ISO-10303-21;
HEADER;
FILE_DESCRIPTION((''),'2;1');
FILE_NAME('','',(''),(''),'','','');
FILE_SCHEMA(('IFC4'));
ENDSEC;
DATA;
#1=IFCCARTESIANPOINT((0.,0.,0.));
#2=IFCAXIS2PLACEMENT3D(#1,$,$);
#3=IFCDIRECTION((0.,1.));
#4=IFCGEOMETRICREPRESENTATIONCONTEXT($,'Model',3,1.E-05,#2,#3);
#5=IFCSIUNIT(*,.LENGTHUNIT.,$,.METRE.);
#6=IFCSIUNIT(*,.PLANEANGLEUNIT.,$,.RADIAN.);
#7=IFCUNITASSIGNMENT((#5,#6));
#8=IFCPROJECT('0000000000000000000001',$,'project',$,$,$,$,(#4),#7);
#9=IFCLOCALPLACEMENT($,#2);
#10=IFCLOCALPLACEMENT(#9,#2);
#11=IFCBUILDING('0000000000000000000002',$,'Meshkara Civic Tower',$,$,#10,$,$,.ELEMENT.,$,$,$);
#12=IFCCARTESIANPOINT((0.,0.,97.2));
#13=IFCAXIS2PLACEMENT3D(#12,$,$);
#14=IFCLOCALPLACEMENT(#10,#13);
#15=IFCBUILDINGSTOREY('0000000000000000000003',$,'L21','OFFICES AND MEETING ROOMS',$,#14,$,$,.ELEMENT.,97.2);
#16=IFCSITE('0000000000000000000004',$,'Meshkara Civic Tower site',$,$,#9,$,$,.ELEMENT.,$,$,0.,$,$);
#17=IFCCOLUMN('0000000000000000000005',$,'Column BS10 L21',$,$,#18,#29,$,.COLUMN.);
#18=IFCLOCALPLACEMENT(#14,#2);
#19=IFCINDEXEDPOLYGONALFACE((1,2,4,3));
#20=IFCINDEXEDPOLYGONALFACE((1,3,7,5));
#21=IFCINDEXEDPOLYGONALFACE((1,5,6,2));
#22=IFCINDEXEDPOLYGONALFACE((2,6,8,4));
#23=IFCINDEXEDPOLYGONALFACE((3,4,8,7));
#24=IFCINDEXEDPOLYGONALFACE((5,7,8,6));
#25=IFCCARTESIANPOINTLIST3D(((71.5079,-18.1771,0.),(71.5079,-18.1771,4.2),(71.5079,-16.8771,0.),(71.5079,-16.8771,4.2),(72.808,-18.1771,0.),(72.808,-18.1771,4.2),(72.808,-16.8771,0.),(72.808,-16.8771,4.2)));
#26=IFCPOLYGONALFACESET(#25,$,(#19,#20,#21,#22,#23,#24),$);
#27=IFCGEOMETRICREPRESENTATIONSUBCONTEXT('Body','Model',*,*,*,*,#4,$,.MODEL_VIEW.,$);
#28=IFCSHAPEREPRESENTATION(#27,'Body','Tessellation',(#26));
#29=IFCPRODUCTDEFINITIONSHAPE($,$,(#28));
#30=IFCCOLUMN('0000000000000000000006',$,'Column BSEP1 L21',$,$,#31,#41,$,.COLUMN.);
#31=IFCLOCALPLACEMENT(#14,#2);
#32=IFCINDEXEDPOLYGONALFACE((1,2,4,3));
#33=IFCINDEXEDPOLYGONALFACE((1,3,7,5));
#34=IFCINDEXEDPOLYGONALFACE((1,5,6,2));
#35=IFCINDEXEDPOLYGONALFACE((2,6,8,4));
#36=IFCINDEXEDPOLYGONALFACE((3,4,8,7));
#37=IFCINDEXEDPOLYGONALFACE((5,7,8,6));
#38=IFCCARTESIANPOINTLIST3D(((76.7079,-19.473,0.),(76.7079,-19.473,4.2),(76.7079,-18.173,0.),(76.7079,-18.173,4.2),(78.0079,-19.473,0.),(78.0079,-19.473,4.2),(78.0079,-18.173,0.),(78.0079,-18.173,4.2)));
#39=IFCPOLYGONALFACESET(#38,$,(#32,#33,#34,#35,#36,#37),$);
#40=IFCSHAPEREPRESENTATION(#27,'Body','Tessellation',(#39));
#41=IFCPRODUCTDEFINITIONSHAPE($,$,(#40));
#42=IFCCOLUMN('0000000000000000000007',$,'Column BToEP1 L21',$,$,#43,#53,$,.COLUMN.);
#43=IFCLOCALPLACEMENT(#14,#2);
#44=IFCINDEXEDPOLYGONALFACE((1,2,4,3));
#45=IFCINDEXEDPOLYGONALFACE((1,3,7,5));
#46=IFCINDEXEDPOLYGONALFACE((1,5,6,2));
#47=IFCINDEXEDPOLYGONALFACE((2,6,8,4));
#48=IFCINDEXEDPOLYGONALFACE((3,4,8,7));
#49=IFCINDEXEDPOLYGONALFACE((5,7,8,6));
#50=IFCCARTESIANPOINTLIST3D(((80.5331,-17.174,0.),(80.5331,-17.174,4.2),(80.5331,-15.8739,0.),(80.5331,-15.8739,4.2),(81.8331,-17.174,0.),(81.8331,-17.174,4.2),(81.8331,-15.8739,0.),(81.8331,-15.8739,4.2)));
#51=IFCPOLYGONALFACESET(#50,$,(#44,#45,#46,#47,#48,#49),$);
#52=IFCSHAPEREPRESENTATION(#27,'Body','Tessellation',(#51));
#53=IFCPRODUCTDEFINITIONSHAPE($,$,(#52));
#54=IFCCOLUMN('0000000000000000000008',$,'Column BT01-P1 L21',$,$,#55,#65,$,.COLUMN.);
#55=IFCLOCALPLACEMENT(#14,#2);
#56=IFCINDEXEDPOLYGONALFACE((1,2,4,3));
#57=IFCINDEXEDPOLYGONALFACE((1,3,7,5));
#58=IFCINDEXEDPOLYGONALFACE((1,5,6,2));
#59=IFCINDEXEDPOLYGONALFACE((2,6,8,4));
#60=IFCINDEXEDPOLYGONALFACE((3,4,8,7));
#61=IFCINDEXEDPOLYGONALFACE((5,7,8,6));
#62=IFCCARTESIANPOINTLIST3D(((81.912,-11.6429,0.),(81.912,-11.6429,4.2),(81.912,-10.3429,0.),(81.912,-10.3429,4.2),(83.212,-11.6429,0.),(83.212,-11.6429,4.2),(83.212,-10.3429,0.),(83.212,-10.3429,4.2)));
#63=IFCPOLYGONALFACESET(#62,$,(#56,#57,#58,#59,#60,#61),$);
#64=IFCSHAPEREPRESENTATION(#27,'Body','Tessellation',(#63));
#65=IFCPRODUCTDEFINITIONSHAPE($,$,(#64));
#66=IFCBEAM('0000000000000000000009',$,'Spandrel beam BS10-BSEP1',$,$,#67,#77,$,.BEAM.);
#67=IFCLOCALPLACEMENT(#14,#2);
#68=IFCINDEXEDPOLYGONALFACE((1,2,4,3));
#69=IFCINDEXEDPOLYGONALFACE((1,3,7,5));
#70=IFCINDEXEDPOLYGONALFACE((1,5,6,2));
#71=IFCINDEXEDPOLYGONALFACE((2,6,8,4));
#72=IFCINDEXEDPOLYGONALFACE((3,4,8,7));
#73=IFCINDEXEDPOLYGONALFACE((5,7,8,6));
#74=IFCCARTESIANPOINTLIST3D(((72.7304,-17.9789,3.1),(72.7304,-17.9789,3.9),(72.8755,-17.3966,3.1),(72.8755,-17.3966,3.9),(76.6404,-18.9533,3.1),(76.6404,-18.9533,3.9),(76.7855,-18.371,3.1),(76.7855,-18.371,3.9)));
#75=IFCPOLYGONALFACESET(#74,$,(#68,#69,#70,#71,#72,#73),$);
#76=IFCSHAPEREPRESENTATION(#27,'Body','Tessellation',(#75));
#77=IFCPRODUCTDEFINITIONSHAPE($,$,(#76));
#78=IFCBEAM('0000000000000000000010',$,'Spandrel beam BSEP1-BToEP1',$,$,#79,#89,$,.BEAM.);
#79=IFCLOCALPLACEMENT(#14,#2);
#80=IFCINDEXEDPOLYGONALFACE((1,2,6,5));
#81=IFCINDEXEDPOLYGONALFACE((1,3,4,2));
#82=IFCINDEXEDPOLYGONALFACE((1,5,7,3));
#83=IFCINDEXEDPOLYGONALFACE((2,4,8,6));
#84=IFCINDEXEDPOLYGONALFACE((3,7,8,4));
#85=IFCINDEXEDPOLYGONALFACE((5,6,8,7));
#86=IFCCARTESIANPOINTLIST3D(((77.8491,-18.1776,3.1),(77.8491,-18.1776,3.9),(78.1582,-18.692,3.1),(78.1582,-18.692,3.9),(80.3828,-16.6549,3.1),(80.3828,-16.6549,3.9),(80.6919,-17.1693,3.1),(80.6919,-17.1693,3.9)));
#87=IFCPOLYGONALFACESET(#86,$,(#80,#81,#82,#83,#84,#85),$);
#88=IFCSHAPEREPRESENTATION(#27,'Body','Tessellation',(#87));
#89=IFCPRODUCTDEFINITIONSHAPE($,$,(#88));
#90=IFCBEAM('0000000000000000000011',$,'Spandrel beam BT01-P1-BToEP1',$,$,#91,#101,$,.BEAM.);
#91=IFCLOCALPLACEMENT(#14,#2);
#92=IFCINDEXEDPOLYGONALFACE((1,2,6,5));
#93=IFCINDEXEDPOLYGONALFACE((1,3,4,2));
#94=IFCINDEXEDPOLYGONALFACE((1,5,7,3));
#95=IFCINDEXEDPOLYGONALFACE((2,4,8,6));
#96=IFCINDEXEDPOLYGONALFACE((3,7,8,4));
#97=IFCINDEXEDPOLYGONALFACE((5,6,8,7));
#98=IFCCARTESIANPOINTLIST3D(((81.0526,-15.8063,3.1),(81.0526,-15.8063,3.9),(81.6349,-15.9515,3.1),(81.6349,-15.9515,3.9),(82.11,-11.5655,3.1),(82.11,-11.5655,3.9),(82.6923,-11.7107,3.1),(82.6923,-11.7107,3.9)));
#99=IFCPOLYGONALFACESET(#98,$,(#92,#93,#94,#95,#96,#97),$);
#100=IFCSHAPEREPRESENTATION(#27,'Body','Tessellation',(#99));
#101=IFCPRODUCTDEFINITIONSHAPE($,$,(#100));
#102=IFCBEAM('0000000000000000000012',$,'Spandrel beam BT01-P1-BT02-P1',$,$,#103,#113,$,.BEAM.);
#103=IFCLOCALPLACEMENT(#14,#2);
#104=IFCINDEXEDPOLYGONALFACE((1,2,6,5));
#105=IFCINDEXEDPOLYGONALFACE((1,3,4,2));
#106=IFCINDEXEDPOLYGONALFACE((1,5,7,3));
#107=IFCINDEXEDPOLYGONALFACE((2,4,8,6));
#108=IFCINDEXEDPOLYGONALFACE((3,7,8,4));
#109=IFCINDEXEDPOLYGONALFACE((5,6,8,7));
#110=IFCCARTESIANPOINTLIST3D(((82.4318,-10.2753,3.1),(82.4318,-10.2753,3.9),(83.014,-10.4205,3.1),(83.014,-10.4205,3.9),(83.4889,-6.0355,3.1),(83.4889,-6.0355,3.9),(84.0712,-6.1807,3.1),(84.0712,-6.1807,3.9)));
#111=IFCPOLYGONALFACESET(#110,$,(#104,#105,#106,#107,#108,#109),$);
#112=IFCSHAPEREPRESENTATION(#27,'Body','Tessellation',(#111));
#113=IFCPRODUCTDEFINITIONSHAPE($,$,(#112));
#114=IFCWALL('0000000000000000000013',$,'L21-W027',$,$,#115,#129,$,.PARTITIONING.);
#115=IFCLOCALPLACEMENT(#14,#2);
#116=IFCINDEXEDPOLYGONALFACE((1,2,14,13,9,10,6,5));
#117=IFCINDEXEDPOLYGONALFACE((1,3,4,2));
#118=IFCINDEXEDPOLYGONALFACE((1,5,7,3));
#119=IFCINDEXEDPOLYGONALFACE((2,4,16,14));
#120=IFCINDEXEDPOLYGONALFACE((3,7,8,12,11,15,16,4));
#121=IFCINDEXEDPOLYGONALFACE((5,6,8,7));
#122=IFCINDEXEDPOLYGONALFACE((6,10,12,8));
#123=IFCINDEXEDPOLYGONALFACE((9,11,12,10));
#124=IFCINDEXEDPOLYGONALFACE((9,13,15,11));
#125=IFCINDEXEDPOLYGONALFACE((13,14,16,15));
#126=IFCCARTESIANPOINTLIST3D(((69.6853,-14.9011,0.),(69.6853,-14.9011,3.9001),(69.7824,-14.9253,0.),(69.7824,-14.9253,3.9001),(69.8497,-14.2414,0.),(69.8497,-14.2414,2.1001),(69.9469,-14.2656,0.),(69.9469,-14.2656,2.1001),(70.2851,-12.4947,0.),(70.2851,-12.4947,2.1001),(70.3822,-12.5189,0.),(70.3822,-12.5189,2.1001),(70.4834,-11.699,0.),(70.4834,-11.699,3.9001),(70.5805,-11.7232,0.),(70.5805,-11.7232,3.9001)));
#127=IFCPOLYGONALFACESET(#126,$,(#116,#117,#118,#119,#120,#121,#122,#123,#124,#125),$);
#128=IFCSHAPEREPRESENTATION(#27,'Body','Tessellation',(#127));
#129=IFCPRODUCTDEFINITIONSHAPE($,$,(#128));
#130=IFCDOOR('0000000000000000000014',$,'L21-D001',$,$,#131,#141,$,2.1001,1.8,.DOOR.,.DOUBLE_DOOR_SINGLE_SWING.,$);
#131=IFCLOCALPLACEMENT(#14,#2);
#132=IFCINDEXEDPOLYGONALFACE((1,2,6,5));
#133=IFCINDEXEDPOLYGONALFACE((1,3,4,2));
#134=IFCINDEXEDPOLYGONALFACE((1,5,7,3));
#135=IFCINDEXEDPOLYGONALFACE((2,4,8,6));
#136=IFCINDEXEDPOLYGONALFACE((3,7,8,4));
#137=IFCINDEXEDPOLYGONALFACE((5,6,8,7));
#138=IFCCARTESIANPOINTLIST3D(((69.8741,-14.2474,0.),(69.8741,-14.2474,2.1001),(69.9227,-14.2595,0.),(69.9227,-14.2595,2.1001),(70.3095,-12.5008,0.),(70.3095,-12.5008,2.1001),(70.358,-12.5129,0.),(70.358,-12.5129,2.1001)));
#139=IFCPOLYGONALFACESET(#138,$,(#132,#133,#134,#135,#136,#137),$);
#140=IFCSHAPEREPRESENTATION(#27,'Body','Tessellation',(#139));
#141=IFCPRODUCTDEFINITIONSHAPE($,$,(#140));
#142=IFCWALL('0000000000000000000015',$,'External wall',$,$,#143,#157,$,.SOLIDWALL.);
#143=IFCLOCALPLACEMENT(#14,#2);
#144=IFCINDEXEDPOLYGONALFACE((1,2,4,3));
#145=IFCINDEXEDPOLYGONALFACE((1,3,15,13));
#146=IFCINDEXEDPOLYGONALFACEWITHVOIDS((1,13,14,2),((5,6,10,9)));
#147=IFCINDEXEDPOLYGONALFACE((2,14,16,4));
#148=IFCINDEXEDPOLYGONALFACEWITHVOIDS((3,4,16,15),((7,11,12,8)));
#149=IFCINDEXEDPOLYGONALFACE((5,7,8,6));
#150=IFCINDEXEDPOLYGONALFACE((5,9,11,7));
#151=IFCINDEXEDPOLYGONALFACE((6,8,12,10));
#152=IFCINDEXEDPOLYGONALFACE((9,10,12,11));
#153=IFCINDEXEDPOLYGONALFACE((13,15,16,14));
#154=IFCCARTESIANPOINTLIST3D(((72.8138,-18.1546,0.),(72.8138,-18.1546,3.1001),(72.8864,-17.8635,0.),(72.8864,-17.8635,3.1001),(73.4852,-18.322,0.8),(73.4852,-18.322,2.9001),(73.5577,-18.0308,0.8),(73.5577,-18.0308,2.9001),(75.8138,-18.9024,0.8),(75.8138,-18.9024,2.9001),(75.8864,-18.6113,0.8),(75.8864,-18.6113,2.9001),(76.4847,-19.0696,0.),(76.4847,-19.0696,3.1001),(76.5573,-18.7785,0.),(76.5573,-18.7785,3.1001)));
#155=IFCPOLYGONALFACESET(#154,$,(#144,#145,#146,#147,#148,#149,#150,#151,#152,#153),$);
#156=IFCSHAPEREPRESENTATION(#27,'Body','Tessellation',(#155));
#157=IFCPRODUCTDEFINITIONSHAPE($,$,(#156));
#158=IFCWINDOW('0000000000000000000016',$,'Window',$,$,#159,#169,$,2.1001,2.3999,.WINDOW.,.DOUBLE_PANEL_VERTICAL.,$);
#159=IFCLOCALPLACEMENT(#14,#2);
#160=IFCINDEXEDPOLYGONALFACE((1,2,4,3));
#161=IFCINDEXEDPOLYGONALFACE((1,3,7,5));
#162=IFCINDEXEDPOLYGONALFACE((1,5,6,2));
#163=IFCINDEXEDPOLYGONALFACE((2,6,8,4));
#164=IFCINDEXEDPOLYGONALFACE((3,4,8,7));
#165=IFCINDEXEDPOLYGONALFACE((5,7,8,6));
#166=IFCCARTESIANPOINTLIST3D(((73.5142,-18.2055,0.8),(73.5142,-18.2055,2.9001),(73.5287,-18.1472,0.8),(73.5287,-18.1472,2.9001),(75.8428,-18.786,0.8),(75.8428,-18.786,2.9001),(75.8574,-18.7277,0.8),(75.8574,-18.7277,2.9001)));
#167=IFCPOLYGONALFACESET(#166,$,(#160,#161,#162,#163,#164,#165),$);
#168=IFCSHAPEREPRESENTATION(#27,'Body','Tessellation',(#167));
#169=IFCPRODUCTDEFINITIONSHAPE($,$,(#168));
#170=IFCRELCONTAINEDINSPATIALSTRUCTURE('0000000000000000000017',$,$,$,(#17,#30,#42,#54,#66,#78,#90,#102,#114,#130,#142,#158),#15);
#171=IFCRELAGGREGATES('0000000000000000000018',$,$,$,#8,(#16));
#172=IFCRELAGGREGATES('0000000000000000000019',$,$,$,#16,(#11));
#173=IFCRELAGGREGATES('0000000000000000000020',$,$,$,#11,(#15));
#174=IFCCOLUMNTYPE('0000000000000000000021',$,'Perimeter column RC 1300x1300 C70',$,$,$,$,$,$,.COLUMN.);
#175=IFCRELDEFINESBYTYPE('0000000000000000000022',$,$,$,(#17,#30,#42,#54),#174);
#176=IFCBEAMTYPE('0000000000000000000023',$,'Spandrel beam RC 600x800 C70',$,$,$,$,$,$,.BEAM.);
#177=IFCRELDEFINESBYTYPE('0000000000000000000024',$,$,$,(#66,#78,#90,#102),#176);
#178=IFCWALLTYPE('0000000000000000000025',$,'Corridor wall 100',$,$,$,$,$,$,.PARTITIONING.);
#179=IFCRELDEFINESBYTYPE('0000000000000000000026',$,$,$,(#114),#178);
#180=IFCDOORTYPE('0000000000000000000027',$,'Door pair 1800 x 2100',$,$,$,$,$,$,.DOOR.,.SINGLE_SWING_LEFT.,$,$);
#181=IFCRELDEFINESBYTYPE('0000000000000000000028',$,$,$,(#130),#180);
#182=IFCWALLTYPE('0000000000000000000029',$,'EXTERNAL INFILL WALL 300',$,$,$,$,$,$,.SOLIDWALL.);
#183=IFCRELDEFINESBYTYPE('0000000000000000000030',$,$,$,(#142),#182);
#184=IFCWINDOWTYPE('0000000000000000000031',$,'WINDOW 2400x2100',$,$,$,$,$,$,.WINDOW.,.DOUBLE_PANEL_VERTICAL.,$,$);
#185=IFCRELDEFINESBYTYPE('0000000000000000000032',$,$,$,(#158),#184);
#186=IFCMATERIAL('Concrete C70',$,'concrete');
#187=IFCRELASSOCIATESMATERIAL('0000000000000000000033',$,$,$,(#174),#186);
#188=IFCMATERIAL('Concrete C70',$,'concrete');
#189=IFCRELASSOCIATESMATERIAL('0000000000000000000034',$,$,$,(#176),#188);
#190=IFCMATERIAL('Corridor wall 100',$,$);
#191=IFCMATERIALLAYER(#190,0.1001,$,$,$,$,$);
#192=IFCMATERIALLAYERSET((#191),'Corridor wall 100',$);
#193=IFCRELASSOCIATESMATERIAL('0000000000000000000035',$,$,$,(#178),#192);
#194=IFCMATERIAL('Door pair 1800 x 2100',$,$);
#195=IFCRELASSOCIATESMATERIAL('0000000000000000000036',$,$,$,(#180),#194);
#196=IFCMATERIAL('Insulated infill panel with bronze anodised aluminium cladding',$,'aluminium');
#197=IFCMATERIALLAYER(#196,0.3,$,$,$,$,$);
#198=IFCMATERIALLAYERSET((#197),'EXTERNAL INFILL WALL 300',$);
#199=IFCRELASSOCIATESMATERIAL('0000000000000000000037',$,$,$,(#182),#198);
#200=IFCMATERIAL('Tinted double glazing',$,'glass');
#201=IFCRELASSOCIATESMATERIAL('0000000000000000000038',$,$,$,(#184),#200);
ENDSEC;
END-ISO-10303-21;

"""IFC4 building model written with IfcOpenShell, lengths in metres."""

from ifc_helpers import new_model, si_unit, direction, frame, frame_2d, origin, origin_2d, place, context, subcontext, project, spatial, rectangle, extrude, material, layer, layer_set, material_profile, profile_set, type_object, element, fill, save


model = new_model("IFC4")

# Units and contexts
model_context = context("Model", 3, precision=1e-05, world=origin(), true_north=direction((0.0, 1.0)))
body_context = subcontext(model_context, "Body", "Model", "MODEL_VIEW")
ifc_project = project(units=[si_unit("LENGTHUNIT", "METRE"), si_unit("PLANEANGLEUNIT", "RADIAN")], contexts=[model_context])

# Site, building, storey
site_placement = place(None, origin())
site = spatial("IfcSite", under=ifc_project, at=site_placement, Name="Meshkara Civic Tower site", CompositionType="ELEMENT", RefElevation=0.0)
building_placement = place(site_placement, origin())
building = spatial("IfcBuilding", under=site, at=building_placement, Name="Meshkara Civic Tower", CompositionType="ELEMENT")
storey_placement = place(building_placement, frame((0.0, 0.0, 97.2)))
storey = spatial("IfcBuildingStorey", under=building, at=storey_placement, Name="L21", Description="OFFICES AND MEETING ROOMS", CompositionType="ELEMENT", Elevation=97.2)

# Columns
ifc_material_1 = material(Name="Concrete C70", Category="concrete")
ifc_material_profile_1 = material_profile(ifc_material_1, rectangle(XDim=1.3, YDim=1.3, at=origin_2d()))
ifc_profile_set_1 = profile_set([ifc_material_profile_1], Name="Concrete C70")
column_type = type_object("IfcColumnType", Name="Perimeter column RC 1300x1300 C70", PredefinedType="COLUMN", material=ifc_profile_set_1)
for number, where, z_axis, x_axis, name in (
    (1, (72.158, -17.5271, 0.0), (0.0, 0.0, 1.0), (1.0, 0.0, 0.0), "Column BS10 L21"),
    (2, (77.3579, -18.823, 0.0), (0.0, 0.0, 1.0), (1.0, 0.0, 0.0), "Column BSEP1 L21"),
    (3, (81.1831, -16.5239, 0.0), (0.0, 0.0, 1.0), (1.0, 0.0, 0.0), "Column BToEP1 L21"),
    (4, (82.562, -10.9929, 0.0), (0.0, 0.0, 1.0), (1.0, 0.0, 0.0), "Column BT01-P1 L21"),
):
    element("IfcColumn", number, at=place(storey_placement, frame(where, z_axis=z_axis, x_axis=x_axis)), inside=storey, type_object=column_type, Name=name, PredefinedType="COLUMN", context=body_context, shape_type="SweptSolid", body=[
        extrude(rectangle(XDim=1.3, YDim=1.3, at=origin_2d()), origin(), (0.0, 0.0, 1.0), 4.2),
    ])

# Beams
ifc_material_2 = material(Name="Concrete C70", Category="concrete")
ifc_material_profile_2 = material_profile(ifc_material_2, rectangle(XDim=0.6001, YDim=0.8, at=origin_2d()))
ifc_profile_set_2 = profile_set([ifc_material_profile_2], Name="Concrete C70")
beam_type = type_object("IfcBeamType", Name="Spandrel beam RC 600x800 C70", PredefinedType="BEAM", material=ifc_profile_set_2)
beam_1_placement = place(storey_placement, frame((72.803, -17.6877, 3.5), z_axis=(0.970324, -0.241808, 0.0), x_axis=(0.241808, 0.970324, 0.0)))
element("IfcBeam", 5, at=beam_1_placement, inside=storey, type_object=beam_type, Name="Spandrel beam BS10-BSEP1", PredefinedType="BEAM", context=body_context, shape_type="SweptSolid", body=[
    extrude(rectangle(XDim=0.6001, YDim=0.8, at=origin_2d()), origin(), (0.0, 0.0, 1.0), 4.0295),
])
beam_2_placement = place(storey_placement, frame((78.0037, -18.4348, 3.5), z_axis=(0.857121, 0.515115, 0.0), x_axis=(-0.515115, 0.857121, 0.0)))
element("IfcBeam", 6, at=beam_2_placement, inside=storey, type_object=beam_type, Name="Spandrel beam BSEP1-BToEP1", PredefinedType="BEAM", context=body_context, shape_type="SweptSolid", body=[
    extrude(rectangle(XDim=0.6001, YDim=0.8, at=origin_2d()), origin(), (0.0, 0.0, 1.0), 2.9561),
])
beam_3_placement = place(storey_placement, frame((81.3438, -15.8789, 3.5), z_axis=(0.241931, 0.970293, 0.0), x_axis=(-0.970293, 0.241931, 0.0)))
element("IfcBeam", 7, at=beam_3_placement, inside=storey, type_object=beam_type, Name="Spandrel beam BT01-P1-BToEP1", PredefinedType="BEAM", context=body_context, shape_type="SweptSolid", body=[
    extrude(rectangle(XDim=0.6001, YDim=0.8, at=origin_2d()), origin(), (0.0, 0.0, 1.0), 4.3706),
])
beam_4_placement = place(storey_placement, frame((82.7229, -10.3479, 3.5), z_axis=(0.241931, 0.970293, 0.0), x_axis=(-0.970293, 0.241931, 0.0)))
element("IfcBeam", 8, at=beam_4_placement, inside=storey, type_object=beam_type, Name="Spandrel beam BT01-P1-BT02-P1", PredefinedType="BEAM", context=body_context, shape_type="SweptSolid", body=[
    extrude(rectangle(XDim=0.6001, YDim=0.8, at=origin_2d()), origin(), (0.0, 0.0, 1.0), 4.3696),
])

# Wall, opening, door
ifc_material_3 = material(Name="Corridor wall 100")
ifc_layer_1 = layer(ifc_material_3, 0.1001)
ifc_layer_set_1 = layer_set([ifc_layer_1], Name="Corridor wall 100")
wall_type_1 = type_object("IfcWallType", Name="Corridor wall 100", PredefinedType="PARTITIONING", material=ifc_layer_set_1)
wall_1_placement = place(storey_placement, frame((69.7339, -14.9131, 0.0), z_axis=(0.0, 0.0, 1.0), x_axis=(0.241839, 0.970316, 0.0)))
wall_1 = element("IfcWall", 9, at=wall_1_placement, inside=storey, type_object=wall_type_1, Name="L21-W027", PredefinedType="PARTITIONING", context=body_context, shape_type="SweptSolid", body=[
    extrude(rectangle(XDim=3.3, YDim=0.1001, at=frame_2d((1.6499, 0.0))), origin(), (0.0, 0.0, 1.0), 3.9001),
])
opening_1_placement = place(wall_1_placement, frame((0.6799, 0.0, 0.0)))
opening_1 = element("IfcOpeningElement", 10, at=opening_1_placement, cuts=wall_1, PredefinedType="OPENING", context=body_context, shape_type="SweptSolid", body=[
    extrude(rectangle(XDim=1.8, YDim=2.1001, at=frame_2d((0.8999, 1.05))), frame((0.0, 0.0601, 0.0), z_axis=(0.0, -1.0, 0.0), x_axis=(1.0, 0.0, 0.0)), (0.0, 0.0, 1.0), 0.1201),
])
ifc_material_4 = material(Name="Door pair 1800 x 2100")
door_type_1 = type_object("IfcDoorType", Name="Door pair 1800 x 2100", OperationType="SINGLE_SWING_LEFT", PredefinedType="DOOR", material=ifc_material_4)
door_1_placement = place(opening_1_placement, origin())
door_1 = element("IfcDoor", 11, at=door_1_placement, inside=storey, type_object=door_type_1, Name="L21-D001", OperationType="DOUBLE_DOOR_SINGLE_SWING", OverallHeight=2.1001, OverallWidth=1.8, PredefinedType="DOOR", context=body_context, shape_type="SweptSolid", body=[
    extrude(rectangle(XDim=1.8, YDim=2.1001, at=frame_2d((0.8999, 1.05))), frame((0.0, 0.0249, 0.0), z_axis=(0.0, -1.0, 0.0), x_axis=(1.0, 0.0, 0.0)), (0.0, 0.0, 1.0), 0.05),
])
fill(opening_1, door_1)

# Wall, opening, window
ifc_material_5 = material(Name="Insulated infill panel with bronze anodised aluminium cladding", Category="aluminium")
ifc_layer_2 = layer(ifc_material_5, 0.3)
ifc_layer_set_2 = layer_set([ifc_layer_2], Name="EXTERNAL INFILL WALL 300")
wall_type_2 = type_object("IfcWallType", Name="EXTERNAL INFILL WALL 300", PredefinedType="SOLIDWALL", material=ifc_layer_set_2)
wall_2_placement = place(storey_placement, frame((72.8501, -18.009, 0.0), z_axis=(0.0, 0.0, 1.0), x_axis=(0.970309, -0.241867, 0.0)))
wall_2 = element("IfcWall", 12, at=wall_2_placement, inside=storey, type_object=wall_type_2, Name="External wall", PredefinedType="SOLIDWALL", context=body_context, shape_type="SweptSolid", body=[
    extrude(rectangle(XDim=3.7832, YDim=0.3, at=frame_2d((1.8916, 0.0))), origin(), (0.0, 0.0, 1.0), 3.1001),
])
opening_2_placement = place(wall_2_placement, frame((0.6919, 0.0, 0.8)))
opening_2 = element("IfcOpeningElement", 13, at=opening_2_placement, cuts=wall_2, PredefinedType="OPENING", context=body_context, shape_type="SweptSolid", body=[
    extrude(rectangle(XDim=2.3999, YDim=2.1001, at=frame_2d((1.2, 1.05))), frame((0.0, 0.1599, 0.0), z_axis=(0.0, -1.0, 0.0), x_axis=(1.0, 0.0, 0.0)), (0.0, 0.0, 1.0), 0.3201),
])
ifc_material_6 = material(Name="Tinted double glazing", Category="glass")
window_type_1 = type_object("IfcWindowType", Name="WINDOW 2400x2100", PartitioningType="DOUBLE_PANEL_VERTICAL", PredefinedType="WINDOW", material=ifc_material_6)
window_1_placement = place(opening_2_placement, origin())
window_1 = element("IfcWindow", 14, at=window_1_placement, inside=storey, type_object=window_type_1, Name="Window", OverallHeight=2.1001, OverallWidth=2.3999, PartitioningType="DOUBLE_PANEL_VERTICAL", PredefinedType="WINDOW", context=body_context, shape_type="SweptSolid", body=[
    extrude(rectangle(XDim=2.3999, YDim=2.1001, at=frame_2d((1.2, 1.05))), frame((0.0, 0.03, 0.0), z_axis=(0.0, -1.0, 0.0), x_axis=(1.0, 0.0, 0.0)), (0.0, 0.0, 1.0), 0.0601),
])
fill(opening_2, window_1)

save(model, "model.ifc")
